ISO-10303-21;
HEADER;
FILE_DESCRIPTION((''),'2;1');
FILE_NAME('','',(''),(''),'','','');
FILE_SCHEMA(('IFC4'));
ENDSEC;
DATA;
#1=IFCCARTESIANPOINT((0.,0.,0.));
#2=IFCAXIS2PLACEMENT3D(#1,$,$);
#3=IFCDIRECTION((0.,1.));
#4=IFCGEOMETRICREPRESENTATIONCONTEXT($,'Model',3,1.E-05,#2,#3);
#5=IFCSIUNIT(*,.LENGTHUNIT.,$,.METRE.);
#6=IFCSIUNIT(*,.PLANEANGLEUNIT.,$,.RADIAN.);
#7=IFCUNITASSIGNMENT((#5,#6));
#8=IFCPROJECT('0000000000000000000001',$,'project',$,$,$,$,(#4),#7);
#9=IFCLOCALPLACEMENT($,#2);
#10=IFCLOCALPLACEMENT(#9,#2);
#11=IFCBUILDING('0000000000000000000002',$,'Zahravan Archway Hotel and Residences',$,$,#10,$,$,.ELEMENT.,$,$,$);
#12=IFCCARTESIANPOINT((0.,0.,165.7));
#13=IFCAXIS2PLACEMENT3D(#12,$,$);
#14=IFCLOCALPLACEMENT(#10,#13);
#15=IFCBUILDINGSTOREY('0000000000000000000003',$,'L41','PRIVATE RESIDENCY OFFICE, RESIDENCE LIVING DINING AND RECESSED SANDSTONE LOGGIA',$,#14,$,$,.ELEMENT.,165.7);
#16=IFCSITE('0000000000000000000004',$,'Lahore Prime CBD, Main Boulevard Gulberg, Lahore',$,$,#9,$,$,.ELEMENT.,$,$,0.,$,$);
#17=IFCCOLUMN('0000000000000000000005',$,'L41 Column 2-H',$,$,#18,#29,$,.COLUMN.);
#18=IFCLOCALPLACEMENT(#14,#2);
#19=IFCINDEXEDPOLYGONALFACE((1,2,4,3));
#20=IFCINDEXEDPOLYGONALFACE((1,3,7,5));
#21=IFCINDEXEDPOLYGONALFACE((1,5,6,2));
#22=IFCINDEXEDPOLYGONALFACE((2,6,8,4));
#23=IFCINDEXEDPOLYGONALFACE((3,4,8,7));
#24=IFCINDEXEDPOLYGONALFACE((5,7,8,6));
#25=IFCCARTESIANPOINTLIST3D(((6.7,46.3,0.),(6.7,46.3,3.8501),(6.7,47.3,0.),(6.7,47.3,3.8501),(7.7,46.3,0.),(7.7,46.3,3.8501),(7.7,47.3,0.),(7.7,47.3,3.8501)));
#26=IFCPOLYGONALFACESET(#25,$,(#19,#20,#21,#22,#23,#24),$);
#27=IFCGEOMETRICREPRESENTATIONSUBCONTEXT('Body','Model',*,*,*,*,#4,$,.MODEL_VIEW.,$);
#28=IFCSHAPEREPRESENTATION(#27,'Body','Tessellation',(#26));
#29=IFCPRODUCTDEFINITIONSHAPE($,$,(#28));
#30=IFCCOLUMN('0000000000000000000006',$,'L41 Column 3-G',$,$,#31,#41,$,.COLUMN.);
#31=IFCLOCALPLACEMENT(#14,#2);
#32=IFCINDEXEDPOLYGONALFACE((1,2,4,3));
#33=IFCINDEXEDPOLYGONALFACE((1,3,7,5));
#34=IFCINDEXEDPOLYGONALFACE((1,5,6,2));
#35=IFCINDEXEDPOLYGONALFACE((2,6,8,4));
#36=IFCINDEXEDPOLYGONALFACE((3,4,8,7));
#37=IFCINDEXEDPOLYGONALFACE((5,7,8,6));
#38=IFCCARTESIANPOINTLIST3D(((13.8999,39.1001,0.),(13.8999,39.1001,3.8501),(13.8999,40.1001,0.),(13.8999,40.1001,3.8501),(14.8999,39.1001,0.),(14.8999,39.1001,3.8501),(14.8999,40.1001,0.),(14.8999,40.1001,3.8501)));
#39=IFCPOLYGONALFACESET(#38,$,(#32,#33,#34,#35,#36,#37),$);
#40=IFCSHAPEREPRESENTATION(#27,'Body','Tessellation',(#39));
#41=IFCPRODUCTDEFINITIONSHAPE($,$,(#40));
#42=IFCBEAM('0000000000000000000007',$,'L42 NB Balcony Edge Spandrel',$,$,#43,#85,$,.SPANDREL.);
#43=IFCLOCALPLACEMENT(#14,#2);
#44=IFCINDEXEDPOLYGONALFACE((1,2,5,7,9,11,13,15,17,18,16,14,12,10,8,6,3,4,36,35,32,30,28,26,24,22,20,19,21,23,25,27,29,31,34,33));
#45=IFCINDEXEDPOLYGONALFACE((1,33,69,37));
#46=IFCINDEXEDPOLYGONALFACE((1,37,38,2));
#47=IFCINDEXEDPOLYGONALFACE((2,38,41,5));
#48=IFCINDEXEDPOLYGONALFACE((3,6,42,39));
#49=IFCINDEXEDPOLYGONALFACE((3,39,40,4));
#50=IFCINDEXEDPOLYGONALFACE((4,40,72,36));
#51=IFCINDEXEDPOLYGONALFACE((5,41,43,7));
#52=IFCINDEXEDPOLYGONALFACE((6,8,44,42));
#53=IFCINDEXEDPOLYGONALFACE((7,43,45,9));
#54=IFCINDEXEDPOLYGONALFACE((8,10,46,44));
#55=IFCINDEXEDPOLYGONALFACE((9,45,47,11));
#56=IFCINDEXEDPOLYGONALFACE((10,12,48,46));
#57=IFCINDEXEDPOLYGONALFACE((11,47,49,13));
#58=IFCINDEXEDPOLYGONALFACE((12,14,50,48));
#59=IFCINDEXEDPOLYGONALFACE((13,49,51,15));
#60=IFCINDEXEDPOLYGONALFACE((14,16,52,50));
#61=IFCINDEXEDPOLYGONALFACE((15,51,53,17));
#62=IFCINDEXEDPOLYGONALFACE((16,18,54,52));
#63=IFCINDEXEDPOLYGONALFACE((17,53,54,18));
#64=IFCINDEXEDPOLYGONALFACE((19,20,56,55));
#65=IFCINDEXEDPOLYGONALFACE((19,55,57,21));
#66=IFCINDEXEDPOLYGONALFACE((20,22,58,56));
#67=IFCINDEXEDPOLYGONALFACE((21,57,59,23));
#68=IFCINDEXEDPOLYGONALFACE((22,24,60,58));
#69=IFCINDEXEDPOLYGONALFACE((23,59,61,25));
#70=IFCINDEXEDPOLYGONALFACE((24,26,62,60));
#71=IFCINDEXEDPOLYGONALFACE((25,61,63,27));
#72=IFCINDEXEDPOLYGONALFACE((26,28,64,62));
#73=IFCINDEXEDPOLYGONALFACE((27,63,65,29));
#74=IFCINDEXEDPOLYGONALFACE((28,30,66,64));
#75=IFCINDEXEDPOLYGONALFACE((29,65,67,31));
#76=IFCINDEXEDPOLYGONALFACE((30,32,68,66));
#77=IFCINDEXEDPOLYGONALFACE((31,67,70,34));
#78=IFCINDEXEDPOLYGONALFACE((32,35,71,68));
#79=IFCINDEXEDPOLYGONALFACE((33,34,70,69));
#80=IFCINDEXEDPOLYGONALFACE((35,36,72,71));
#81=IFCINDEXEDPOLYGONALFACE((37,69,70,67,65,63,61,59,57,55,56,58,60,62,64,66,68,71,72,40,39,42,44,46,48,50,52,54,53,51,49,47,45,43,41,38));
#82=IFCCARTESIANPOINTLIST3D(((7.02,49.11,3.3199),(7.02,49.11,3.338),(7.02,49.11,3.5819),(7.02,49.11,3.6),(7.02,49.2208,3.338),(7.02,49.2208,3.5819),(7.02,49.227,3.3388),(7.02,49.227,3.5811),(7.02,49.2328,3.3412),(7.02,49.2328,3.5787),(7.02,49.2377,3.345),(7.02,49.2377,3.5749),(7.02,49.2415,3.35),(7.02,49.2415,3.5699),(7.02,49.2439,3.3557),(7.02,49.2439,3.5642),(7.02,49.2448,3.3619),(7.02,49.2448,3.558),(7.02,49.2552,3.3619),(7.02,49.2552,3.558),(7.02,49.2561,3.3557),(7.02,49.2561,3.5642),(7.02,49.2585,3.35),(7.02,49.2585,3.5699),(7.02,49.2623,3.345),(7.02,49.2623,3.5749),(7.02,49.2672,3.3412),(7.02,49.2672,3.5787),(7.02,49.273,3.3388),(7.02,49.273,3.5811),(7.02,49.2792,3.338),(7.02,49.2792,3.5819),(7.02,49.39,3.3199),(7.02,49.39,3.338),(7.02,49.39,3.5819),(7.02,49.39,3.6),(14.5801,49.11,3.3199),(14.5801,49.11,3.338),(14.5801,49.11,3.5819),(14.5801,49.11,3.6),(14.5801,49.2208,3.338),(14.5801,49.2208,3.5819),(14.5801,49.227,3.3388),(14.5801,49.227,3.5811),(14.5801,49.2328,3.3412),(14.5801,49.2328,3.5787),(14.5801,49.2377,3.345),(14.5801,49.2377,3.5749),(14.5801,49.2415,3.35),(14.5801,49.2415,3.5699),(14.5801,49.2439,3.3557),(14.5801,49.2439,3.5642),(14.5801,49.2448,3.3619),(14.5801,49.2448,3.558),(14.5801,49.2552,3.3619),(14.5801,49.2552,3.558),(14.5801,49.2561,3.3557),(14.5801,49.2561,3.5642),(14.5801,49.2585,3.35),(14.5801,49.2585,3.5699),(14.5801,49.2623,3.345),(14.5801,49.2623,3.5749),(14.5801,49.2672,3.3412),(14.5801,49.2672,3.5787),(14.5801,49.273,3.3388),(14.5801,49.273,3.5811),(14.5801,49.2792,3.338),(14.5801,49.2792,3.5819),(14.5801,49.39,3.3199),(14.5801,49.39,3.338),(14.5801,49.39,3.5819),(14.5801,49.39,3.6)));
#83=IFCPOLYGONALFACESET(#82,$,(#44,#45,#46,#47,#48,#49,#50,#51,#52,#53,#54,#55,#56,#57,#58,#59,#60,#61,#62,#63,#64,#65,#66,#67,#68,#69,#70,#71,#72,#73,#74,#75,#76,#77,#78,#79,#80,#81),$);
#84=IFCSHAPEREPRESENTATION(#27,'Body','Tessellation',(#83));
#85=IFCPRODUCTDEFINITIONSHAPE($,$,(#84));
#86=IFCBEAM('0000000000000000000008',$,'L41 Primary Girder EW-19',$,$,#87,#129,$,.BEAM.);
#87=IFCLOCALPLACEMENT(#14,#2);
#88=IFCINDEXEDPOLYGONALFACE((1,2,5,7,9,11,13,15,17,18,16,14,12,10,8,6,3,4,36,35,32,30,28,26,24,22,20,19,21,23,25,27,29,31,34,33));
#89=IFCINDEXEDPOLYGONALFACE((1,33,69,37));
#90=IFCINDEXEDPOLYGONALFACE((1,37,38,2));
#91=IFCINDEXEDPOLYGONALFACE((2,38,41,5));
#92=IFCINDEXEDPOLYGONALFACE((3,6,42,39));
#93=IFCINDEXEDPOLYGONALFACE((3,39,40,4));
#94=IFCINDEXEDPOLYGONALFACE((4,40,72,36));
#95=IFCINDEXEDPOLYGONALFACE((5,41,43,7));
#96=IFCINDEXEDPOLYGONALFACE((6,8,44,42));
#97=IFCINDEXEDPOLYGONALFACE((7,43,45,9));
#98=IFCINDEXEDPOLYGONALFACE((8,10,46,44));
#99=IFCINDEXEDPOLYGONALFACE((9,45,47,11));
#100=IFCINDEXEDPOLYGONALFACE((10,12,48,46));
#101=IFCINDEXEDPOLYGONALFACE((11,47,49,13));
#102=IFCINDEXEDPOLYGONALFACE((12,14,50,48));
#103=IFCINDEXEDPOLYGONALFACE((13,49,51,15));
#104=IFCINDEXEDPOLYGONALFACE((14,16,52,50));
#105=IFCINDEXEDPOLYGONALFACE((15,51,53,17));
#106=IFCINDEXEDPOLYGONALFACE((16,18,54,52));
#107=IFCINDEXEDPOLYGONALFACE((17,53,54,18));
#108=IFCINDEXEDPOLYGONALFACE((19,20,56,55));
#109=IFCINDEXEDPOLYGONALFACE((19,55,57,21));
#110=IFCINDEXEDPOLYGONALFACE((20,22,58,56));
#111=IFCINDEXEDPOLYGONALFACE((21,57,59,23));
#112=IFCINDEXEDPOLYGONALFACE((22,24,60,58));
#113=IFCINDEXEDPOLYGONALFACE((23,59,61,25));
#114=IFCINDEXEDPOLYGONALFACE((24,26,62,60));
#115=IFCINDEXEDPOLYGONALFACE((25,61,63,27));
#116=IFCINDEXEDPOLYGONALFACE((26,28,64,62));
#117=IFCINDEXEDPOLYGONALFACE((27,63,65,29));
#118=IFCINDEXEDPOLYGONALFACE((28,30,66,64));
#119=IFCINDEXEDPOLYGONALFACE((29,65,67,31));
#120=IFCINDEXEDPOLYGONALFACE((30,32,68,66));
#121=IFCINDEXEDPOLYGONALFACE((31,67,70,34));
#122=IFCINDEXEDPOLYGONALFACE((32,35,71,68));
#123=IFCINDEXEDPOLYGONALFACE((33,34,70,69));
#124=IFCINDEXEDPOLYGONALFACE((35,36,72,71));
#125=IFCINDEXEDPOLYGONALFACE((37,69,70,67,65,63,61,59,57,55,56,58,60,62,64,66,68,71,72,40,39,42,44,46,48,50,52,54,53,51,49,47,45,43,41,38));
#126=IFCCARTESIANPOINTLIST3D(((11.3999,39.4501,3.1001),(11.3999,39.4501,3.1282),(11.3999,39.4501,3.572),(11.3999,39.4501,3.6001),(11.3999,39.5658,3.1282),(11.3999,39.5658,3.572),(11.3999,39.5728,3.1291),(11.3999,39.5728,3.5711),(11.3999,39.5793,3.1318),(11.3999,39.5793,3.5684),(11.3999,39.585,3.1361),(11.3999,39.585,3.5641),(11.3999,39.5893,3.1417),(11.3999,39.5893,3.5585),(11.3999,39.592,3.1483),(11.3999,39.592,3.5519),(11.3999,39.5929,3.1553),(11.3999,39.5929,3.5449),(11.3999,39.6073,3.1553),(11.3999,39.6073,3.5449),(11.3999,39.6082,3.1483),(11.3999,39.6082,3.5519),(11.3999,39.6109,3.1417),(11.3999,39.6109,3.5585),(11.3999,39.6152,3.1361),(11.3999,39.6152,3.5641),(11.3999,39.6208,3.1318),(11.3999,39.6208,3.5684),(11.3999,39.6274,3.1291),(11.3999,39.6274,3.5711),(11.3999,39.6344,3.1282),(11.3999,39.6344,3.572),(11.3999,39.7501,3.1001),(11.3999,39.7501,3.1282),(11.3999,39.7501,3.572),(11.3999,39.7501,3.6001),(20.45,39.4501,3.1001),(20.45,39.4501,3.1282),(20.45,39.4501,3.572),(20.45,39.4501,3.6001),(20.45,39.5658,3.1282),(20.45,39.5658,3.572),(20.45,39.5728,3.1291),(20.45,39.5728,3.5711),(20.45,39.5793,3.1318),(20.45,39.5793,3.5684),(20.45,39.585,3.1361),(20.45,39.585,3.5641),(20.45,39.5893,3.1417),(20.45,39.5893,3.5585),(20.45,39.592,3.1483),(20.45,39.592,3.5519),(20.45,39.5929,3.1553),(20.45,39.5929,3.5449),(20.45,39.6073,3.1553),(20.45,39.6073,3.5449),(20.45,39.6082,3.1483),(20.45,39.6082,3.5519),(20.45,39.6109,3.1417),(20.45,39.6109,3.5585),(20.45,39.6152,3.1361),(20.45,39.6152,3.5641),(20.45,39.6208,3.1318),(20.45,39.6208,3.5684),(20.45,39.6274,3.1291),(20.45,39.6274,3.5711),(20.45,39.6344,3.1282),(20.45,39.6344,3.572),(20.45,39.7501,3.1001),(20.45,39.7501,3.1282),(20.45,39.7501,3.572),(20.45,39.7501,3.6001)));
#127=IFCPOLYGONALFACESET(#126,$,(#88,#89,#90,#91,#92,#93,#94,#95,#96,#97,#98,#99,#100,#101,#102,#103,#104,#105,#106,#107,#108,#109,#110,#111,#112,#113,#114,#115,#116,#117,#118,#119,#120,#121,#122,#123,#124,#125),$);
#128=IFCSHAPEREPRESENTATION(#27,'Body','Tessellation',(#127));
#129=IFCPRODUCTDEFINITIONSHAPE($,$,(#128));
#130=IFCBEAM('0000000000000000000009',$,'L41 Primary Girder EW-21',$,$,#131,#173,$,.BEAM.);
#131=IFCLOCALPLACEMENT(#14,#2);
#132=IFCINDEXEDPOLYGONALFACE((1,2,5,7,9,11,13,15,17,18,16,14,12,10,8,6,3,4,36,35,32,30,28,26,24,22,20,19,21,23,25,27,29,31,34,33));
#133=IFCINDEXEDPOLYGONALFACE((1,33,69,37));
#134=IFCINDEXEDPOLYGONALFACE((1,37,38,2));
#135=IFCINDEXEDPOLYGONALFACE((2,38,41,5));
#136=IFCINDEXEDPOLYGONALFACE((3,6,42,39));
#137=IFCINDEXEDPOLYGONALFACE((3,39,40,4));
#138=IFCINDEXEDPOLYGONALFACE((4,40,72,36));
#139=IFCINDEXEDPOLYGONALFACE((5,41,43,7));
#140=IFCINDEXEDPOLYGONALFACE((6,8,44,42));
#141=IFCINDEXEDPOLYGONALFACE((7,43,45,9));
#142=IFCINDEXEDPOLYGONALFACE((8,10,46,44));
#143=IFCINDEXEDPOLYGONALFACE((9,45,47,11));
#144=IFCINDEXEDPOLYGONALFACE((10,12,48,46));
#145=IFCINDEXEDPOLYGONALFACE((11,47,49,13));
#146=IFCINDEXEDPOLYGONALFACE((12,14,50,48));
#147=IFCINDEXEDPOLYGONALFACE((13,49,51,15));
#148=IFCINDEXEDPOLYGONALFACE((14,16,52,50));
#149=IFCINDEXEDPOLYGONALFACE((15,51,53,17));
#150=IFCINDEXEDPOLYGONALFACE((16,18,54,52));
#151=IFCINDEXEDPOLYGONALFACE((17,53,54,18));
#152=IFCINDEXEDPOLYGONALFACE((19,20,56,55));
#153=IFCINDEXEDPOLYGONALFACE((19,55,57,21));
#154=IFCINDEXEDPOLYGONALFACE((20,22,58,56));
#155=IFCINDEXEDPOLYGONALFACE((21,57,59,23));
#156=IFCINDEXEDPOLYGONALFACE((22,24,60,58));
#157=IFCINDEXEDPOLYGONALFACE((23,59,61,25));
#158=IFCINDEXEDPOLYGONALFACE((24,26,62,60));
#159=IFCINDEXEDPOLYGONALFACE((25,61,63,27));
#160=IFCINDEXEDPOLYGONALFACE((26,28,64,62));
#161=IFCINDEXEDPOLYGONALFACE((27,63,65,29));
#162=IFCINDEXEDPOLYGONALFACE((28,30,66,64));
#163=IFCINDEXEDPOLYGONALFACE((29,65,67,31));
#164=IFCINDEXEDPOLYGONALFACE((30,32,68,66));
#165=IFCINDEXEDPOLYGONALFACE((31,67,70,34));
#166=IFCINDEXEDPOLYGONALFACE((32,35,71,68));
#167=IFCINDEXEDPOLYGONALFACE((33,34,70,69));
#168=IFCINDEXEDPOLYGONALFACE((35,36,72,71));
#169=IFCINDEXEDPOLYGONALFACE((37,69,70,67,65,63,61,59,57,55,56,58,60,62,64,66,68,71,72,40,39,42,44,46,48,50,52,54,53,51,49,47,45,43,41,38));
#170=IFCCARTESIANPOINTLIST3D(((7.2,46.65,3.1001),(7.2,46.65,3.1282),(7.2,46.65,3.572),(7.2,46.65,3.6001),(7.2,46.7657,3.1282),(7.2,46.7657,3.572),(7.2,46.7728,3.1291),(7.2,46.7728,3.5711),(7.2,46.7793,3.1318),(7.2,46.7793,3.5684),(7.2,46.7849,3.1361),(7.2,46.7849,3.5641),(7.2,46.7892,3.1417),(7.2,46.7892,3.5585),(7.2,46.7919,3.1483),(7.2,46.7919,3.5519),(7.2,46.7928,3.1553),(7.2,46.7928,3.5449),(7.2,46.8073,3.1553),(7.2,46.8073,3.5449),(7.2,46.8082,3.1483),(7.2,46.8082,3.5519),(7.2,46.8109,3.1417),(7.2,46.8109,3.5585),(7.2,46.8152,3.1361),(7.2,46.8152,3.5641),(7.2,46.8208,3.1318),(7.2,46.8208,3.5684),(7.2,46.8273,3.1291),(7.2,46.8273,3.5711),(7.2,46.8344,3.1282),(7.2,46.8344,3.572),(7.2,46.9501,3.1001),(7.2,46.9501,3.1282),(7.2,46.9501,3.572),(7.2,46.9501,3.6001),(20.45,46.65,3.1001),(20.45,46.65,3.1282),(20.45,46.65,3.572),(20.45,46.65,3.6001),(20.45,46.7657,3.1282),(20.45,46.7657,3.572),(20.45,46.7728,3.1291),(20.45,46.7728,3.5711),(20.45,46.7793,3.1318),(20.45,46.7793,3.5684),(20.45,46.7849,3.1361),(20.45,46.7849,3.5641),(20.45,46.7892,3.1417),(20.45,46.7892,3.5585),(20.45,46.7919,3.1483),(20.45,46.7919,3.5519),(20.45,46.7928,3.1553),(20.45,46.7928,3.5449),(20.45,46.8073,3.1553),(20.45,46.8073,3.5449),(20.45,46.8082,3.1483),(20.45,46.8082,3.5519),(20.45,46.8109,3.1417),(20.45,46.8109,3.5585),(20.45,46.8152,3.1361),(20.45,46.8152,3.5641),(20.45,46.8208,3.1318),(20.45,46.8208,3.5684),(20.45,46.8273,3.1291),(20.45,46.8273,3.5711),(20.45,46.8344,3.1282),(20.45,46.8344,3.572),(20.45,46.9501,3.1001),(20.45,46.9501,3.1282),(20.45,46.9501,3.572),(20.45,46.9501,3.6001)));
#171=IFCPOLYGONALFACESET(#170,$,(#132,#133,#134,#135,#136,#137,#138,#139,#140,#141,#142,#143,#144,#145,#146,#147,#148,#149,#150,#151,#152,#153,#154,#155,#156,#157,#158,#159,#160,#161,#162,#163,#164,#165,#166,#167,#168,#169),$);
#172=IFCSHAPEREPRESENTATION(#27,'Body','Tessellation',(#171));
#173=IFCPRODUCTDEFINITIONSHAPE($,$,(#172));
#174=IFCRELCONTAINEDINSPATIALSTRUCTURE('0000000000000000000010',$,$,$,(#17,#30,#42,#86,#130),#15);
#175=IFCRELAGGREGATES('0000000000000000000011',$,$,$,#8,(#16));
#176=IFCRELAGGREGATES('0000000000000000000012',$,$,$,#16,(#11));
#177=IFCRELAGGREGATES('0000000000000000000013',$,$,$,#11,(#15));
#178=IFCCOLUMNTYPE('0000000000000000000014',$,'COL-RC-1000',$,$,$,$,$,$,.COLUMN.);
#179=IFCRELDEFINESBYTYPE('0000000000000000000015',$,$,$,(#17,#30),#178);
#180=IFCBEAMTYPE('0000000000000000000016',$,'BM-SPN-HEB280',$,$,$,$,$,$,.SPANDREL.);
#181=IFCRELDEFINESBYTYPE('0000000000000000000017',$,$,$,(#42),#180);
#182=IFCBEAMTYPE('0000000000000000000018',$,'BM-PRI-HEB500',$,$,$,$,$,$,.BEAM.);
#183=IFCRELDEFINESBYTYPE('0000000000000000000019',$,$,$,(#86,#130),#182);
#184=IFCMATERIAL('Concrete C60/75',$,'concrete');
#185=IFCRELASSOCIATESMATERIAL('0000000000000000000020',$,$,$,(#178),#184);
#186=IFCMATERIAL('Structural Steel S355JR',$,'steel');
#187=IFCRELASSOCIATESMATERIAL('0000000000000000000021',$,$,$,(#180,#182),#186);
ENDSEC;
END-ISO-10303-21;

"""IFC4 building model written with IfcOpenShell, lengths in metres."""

from ifc_helpers import new_model, si_unit, direction, frame, origin, origin_2d, place, context, subcontext, project, spatial, rectangle, i_section, extrude, source, transform, mapped, material, material_profile, profile_set, type_object, type_shapes, element, save


model = new_model("IFC4")

# Units and contexts
model_context = context("Model", 3, precision=1e-05, world=origin(), true_north=direction((0.0, 1.0)))
body_context = subcontext(model_context, "Body", "Model", "MODEL_VIEW")
ifc_project = project(units=[si_unit("LENGTHUNIT", "METRE"), si_unit("PLANEANGLEUNIT", "RADIAN")], contexts=[model_context])

# Site, building, storey
site_placement = place(None, origin())
site = spatial("IfcSite", under=ifc_project, at=site_placement, Name="Lahore Prime CBD, Main Boulevard Gulberg, Lahore", CompositionType="ELEMENT", RefElevation=0.0)
building_placement = place(site_placement, origin())
building = spatial("IfcBuilding", under=site, at=building_placement, Name="Zahravan Archway Hotel and Residences", CompositionType="ELEMENT")
storey_placement = place(building_placement, frame((0.0, 0.0, 165.7)))
storey = spatial("IfcBuildingStorey", under=building, at=storey_placement, Name="L41", Description="PRIVATE RESIDENCY OFFICE, RESIDENCE LIVING DINING AND RECESSED SANDSTONE LOGGIA", CompositionType="ELEMENT", Elevation=165.7)

# Columns
ifc_material_1 = material(Name="Concrete C60/75", Category="concrete")
ifc_material_profile_1 = material_profile(ifc_material_1, rectangle(XDim=1.0, YDim=1.0, at=origin_2d()), Name="RC-COL-1000x1000", Category="concrete")
ifc_profile_set_1 = profile_set([ifc_material_profile_1], Name="Concrete C60/75")
column_type = type_object("IfcColumnType", Name="COL-RC-1000", PredefinedType="COLUMN", material=ifc_profile_set_1)
shared_shape_1 = source(origin(), body_context, "Body", "SweptSolid", [
    extrude(rectangle(XDim=1.0, YDim=1.0, at=origin_2d()), origin(), (0.0, 0.0, 1.0), 3.8501),
])
for number, where, z_axis, x_axis, name in (
    (1, (7.2, 46.8, 0.0), (0.0, 0.0, 1.0), (1.0, 0.0, 0.0), "L41 Column 2-H"),
    (2, (14.3999, 39.6001, 0.0), (0.0, 0.0, 1.0), (1.0, 0.0, 0.0), "L41 Column 3-G"),
):
    element("IfcColumn", number, at=place(storey_placement, frame(where, z_axis=z_axis, x_axis=x_axis)), inside=storey, type_object=column_type, Name=name, PredefinedType="COLUMN", context=body_context, shape_type="MappedRepresentation", body=[
        mapped(shared_shape_1, transform((0.0, 0.0, 0.0), scale=1.0)),
    ])

# Beams
ifc_material_2 = material(Name="Structural Steel S355JR", Category="steel")
ifc_material_profile_2 = material_profile(ifc_material_2, i_section(OverallWidth=0.28, OverallDepth=0.28, WebThickness=0.0105, FlangeThickness=0.0181, FilletRadius=0.0239, at=origin_2d()), Name="HEB 280", Category="steel")
ifc_profile_set_2 = profile_set([ifc_material_profile_2], Name="Structural Steel S355JR")
beam_type_1 = type_object("IfcBeamType", Name="BM-SPN-HEB280", PredefinedType="SPANDREL", material=ifc_profile_set_2)
shared_shape_2 = source(origin(), body_context, "Body", "SweptSolid", [
    extrude(i_section(OverallWidth=0.28, OverallDepth=0.28, WebThickness=0.0105, FlangeThickness=0.0181, FilletRadius=0.0239, at=origin_2d()), origin(), (0.0, 0.0, 1.0), 7.5601),
])
type_shapes(beam_type_1, [shared_shape_2])
beam_1_placement = place(storey_placement, frame((7.02, 49.25, 3.46), z_axis=(1.0, 0.0, 0.0), x_axis=(0.0, 1.0, 0.0)))
element("IfcBeam", 3, at=beam_1_placement, inside=storey, type_object=beam_type_1, Name="L42 NB Balcony Edge Spandrel", PredefinedType="SPANDREL", context=body_context, shape_type="MappedRepresentation", body=[
    mapped(shared_shape_2, transform((0.0, 0.0, 0.0), scale=1.0)),
])
ifc_material_profile_3 = material_profile(ifc_material_2, i_section(OverallWidth=0.3, OverallDepth=0.5, WebThickness=0.0144, FlangeThickness=0.0281, FilletRadius=0.0271, at=origin_2d()), Name="HEB 500", Category="steel")
ifc_profile_set_3 = profile_set([ifc_material_profile_3], Name="Structural Steel S355JR")
beam_type_2 = type_object("IfcBeamType", Name="BM-PRI-HEB500", PredefinedType="BEAM", material=ifc_profile_set_3)
shared_shape_3 = source(origin(), body_context, "Body", "SweptSolid", [
    extrude(i_section(OverallWidth=0.3, OverallDepth=0.5, WebThickness=0.0144, FlangeThickness=0.0281, FilletRadius=0.0271, at=origin_2d()), origin(), (0.0, 0.0, 1.0), 9.05),
])
beam_2_placement = place(storey_placement, frame((11.3999, 39.6001, 3.3501), z_axis=(1.0, 0.0, 0.0), x_axis=(0.0, 1.0, 0.0)))
element("IfcBeam", 4, at=beam_2_placement, inside=storey, type_object=beam_type_2, Name="L41 Primary Girder EW-19", PredefinedType="BEAM", context=body_context, shape_type="MappedRepresentation", body=[
    mapped(shared_shape_3, transform((0.0, 0.0, 0.0), scale=1.0)),
])
shared_shape_4 = source(origin(), body_context, "Body", "SweptSolid", [
    extrude(i_section(OverallWidth=0.3, OverallDepth=0.5, WebThickness=0.0144, FlangeThickness=0.0281, FilletRadius=0.0271, at=origin_2d()), origin(), (0.0, 0.0, 1.0), 13.25),
])
beam_3_placement = place(storey_placement, frame((7.2, 46.8, 3.3501), z_axis=(1.0, 0.0, 0.0), x_axis=(0.0, 1.0, 0.0)))
element("IfcBeam", 5, at=beam_3_placement, inside=storey, type_object=beam_type_2, Name="L41 Primary Girder EW-21", PredefinedType="BEAM", context=body_context, shape_type="MappedRepresentation", body=[
    mapped(shared_shape_4, transform((0.0, 0.0, 0.0), scale=1.0)),
])

save(model, "model.ifc")
